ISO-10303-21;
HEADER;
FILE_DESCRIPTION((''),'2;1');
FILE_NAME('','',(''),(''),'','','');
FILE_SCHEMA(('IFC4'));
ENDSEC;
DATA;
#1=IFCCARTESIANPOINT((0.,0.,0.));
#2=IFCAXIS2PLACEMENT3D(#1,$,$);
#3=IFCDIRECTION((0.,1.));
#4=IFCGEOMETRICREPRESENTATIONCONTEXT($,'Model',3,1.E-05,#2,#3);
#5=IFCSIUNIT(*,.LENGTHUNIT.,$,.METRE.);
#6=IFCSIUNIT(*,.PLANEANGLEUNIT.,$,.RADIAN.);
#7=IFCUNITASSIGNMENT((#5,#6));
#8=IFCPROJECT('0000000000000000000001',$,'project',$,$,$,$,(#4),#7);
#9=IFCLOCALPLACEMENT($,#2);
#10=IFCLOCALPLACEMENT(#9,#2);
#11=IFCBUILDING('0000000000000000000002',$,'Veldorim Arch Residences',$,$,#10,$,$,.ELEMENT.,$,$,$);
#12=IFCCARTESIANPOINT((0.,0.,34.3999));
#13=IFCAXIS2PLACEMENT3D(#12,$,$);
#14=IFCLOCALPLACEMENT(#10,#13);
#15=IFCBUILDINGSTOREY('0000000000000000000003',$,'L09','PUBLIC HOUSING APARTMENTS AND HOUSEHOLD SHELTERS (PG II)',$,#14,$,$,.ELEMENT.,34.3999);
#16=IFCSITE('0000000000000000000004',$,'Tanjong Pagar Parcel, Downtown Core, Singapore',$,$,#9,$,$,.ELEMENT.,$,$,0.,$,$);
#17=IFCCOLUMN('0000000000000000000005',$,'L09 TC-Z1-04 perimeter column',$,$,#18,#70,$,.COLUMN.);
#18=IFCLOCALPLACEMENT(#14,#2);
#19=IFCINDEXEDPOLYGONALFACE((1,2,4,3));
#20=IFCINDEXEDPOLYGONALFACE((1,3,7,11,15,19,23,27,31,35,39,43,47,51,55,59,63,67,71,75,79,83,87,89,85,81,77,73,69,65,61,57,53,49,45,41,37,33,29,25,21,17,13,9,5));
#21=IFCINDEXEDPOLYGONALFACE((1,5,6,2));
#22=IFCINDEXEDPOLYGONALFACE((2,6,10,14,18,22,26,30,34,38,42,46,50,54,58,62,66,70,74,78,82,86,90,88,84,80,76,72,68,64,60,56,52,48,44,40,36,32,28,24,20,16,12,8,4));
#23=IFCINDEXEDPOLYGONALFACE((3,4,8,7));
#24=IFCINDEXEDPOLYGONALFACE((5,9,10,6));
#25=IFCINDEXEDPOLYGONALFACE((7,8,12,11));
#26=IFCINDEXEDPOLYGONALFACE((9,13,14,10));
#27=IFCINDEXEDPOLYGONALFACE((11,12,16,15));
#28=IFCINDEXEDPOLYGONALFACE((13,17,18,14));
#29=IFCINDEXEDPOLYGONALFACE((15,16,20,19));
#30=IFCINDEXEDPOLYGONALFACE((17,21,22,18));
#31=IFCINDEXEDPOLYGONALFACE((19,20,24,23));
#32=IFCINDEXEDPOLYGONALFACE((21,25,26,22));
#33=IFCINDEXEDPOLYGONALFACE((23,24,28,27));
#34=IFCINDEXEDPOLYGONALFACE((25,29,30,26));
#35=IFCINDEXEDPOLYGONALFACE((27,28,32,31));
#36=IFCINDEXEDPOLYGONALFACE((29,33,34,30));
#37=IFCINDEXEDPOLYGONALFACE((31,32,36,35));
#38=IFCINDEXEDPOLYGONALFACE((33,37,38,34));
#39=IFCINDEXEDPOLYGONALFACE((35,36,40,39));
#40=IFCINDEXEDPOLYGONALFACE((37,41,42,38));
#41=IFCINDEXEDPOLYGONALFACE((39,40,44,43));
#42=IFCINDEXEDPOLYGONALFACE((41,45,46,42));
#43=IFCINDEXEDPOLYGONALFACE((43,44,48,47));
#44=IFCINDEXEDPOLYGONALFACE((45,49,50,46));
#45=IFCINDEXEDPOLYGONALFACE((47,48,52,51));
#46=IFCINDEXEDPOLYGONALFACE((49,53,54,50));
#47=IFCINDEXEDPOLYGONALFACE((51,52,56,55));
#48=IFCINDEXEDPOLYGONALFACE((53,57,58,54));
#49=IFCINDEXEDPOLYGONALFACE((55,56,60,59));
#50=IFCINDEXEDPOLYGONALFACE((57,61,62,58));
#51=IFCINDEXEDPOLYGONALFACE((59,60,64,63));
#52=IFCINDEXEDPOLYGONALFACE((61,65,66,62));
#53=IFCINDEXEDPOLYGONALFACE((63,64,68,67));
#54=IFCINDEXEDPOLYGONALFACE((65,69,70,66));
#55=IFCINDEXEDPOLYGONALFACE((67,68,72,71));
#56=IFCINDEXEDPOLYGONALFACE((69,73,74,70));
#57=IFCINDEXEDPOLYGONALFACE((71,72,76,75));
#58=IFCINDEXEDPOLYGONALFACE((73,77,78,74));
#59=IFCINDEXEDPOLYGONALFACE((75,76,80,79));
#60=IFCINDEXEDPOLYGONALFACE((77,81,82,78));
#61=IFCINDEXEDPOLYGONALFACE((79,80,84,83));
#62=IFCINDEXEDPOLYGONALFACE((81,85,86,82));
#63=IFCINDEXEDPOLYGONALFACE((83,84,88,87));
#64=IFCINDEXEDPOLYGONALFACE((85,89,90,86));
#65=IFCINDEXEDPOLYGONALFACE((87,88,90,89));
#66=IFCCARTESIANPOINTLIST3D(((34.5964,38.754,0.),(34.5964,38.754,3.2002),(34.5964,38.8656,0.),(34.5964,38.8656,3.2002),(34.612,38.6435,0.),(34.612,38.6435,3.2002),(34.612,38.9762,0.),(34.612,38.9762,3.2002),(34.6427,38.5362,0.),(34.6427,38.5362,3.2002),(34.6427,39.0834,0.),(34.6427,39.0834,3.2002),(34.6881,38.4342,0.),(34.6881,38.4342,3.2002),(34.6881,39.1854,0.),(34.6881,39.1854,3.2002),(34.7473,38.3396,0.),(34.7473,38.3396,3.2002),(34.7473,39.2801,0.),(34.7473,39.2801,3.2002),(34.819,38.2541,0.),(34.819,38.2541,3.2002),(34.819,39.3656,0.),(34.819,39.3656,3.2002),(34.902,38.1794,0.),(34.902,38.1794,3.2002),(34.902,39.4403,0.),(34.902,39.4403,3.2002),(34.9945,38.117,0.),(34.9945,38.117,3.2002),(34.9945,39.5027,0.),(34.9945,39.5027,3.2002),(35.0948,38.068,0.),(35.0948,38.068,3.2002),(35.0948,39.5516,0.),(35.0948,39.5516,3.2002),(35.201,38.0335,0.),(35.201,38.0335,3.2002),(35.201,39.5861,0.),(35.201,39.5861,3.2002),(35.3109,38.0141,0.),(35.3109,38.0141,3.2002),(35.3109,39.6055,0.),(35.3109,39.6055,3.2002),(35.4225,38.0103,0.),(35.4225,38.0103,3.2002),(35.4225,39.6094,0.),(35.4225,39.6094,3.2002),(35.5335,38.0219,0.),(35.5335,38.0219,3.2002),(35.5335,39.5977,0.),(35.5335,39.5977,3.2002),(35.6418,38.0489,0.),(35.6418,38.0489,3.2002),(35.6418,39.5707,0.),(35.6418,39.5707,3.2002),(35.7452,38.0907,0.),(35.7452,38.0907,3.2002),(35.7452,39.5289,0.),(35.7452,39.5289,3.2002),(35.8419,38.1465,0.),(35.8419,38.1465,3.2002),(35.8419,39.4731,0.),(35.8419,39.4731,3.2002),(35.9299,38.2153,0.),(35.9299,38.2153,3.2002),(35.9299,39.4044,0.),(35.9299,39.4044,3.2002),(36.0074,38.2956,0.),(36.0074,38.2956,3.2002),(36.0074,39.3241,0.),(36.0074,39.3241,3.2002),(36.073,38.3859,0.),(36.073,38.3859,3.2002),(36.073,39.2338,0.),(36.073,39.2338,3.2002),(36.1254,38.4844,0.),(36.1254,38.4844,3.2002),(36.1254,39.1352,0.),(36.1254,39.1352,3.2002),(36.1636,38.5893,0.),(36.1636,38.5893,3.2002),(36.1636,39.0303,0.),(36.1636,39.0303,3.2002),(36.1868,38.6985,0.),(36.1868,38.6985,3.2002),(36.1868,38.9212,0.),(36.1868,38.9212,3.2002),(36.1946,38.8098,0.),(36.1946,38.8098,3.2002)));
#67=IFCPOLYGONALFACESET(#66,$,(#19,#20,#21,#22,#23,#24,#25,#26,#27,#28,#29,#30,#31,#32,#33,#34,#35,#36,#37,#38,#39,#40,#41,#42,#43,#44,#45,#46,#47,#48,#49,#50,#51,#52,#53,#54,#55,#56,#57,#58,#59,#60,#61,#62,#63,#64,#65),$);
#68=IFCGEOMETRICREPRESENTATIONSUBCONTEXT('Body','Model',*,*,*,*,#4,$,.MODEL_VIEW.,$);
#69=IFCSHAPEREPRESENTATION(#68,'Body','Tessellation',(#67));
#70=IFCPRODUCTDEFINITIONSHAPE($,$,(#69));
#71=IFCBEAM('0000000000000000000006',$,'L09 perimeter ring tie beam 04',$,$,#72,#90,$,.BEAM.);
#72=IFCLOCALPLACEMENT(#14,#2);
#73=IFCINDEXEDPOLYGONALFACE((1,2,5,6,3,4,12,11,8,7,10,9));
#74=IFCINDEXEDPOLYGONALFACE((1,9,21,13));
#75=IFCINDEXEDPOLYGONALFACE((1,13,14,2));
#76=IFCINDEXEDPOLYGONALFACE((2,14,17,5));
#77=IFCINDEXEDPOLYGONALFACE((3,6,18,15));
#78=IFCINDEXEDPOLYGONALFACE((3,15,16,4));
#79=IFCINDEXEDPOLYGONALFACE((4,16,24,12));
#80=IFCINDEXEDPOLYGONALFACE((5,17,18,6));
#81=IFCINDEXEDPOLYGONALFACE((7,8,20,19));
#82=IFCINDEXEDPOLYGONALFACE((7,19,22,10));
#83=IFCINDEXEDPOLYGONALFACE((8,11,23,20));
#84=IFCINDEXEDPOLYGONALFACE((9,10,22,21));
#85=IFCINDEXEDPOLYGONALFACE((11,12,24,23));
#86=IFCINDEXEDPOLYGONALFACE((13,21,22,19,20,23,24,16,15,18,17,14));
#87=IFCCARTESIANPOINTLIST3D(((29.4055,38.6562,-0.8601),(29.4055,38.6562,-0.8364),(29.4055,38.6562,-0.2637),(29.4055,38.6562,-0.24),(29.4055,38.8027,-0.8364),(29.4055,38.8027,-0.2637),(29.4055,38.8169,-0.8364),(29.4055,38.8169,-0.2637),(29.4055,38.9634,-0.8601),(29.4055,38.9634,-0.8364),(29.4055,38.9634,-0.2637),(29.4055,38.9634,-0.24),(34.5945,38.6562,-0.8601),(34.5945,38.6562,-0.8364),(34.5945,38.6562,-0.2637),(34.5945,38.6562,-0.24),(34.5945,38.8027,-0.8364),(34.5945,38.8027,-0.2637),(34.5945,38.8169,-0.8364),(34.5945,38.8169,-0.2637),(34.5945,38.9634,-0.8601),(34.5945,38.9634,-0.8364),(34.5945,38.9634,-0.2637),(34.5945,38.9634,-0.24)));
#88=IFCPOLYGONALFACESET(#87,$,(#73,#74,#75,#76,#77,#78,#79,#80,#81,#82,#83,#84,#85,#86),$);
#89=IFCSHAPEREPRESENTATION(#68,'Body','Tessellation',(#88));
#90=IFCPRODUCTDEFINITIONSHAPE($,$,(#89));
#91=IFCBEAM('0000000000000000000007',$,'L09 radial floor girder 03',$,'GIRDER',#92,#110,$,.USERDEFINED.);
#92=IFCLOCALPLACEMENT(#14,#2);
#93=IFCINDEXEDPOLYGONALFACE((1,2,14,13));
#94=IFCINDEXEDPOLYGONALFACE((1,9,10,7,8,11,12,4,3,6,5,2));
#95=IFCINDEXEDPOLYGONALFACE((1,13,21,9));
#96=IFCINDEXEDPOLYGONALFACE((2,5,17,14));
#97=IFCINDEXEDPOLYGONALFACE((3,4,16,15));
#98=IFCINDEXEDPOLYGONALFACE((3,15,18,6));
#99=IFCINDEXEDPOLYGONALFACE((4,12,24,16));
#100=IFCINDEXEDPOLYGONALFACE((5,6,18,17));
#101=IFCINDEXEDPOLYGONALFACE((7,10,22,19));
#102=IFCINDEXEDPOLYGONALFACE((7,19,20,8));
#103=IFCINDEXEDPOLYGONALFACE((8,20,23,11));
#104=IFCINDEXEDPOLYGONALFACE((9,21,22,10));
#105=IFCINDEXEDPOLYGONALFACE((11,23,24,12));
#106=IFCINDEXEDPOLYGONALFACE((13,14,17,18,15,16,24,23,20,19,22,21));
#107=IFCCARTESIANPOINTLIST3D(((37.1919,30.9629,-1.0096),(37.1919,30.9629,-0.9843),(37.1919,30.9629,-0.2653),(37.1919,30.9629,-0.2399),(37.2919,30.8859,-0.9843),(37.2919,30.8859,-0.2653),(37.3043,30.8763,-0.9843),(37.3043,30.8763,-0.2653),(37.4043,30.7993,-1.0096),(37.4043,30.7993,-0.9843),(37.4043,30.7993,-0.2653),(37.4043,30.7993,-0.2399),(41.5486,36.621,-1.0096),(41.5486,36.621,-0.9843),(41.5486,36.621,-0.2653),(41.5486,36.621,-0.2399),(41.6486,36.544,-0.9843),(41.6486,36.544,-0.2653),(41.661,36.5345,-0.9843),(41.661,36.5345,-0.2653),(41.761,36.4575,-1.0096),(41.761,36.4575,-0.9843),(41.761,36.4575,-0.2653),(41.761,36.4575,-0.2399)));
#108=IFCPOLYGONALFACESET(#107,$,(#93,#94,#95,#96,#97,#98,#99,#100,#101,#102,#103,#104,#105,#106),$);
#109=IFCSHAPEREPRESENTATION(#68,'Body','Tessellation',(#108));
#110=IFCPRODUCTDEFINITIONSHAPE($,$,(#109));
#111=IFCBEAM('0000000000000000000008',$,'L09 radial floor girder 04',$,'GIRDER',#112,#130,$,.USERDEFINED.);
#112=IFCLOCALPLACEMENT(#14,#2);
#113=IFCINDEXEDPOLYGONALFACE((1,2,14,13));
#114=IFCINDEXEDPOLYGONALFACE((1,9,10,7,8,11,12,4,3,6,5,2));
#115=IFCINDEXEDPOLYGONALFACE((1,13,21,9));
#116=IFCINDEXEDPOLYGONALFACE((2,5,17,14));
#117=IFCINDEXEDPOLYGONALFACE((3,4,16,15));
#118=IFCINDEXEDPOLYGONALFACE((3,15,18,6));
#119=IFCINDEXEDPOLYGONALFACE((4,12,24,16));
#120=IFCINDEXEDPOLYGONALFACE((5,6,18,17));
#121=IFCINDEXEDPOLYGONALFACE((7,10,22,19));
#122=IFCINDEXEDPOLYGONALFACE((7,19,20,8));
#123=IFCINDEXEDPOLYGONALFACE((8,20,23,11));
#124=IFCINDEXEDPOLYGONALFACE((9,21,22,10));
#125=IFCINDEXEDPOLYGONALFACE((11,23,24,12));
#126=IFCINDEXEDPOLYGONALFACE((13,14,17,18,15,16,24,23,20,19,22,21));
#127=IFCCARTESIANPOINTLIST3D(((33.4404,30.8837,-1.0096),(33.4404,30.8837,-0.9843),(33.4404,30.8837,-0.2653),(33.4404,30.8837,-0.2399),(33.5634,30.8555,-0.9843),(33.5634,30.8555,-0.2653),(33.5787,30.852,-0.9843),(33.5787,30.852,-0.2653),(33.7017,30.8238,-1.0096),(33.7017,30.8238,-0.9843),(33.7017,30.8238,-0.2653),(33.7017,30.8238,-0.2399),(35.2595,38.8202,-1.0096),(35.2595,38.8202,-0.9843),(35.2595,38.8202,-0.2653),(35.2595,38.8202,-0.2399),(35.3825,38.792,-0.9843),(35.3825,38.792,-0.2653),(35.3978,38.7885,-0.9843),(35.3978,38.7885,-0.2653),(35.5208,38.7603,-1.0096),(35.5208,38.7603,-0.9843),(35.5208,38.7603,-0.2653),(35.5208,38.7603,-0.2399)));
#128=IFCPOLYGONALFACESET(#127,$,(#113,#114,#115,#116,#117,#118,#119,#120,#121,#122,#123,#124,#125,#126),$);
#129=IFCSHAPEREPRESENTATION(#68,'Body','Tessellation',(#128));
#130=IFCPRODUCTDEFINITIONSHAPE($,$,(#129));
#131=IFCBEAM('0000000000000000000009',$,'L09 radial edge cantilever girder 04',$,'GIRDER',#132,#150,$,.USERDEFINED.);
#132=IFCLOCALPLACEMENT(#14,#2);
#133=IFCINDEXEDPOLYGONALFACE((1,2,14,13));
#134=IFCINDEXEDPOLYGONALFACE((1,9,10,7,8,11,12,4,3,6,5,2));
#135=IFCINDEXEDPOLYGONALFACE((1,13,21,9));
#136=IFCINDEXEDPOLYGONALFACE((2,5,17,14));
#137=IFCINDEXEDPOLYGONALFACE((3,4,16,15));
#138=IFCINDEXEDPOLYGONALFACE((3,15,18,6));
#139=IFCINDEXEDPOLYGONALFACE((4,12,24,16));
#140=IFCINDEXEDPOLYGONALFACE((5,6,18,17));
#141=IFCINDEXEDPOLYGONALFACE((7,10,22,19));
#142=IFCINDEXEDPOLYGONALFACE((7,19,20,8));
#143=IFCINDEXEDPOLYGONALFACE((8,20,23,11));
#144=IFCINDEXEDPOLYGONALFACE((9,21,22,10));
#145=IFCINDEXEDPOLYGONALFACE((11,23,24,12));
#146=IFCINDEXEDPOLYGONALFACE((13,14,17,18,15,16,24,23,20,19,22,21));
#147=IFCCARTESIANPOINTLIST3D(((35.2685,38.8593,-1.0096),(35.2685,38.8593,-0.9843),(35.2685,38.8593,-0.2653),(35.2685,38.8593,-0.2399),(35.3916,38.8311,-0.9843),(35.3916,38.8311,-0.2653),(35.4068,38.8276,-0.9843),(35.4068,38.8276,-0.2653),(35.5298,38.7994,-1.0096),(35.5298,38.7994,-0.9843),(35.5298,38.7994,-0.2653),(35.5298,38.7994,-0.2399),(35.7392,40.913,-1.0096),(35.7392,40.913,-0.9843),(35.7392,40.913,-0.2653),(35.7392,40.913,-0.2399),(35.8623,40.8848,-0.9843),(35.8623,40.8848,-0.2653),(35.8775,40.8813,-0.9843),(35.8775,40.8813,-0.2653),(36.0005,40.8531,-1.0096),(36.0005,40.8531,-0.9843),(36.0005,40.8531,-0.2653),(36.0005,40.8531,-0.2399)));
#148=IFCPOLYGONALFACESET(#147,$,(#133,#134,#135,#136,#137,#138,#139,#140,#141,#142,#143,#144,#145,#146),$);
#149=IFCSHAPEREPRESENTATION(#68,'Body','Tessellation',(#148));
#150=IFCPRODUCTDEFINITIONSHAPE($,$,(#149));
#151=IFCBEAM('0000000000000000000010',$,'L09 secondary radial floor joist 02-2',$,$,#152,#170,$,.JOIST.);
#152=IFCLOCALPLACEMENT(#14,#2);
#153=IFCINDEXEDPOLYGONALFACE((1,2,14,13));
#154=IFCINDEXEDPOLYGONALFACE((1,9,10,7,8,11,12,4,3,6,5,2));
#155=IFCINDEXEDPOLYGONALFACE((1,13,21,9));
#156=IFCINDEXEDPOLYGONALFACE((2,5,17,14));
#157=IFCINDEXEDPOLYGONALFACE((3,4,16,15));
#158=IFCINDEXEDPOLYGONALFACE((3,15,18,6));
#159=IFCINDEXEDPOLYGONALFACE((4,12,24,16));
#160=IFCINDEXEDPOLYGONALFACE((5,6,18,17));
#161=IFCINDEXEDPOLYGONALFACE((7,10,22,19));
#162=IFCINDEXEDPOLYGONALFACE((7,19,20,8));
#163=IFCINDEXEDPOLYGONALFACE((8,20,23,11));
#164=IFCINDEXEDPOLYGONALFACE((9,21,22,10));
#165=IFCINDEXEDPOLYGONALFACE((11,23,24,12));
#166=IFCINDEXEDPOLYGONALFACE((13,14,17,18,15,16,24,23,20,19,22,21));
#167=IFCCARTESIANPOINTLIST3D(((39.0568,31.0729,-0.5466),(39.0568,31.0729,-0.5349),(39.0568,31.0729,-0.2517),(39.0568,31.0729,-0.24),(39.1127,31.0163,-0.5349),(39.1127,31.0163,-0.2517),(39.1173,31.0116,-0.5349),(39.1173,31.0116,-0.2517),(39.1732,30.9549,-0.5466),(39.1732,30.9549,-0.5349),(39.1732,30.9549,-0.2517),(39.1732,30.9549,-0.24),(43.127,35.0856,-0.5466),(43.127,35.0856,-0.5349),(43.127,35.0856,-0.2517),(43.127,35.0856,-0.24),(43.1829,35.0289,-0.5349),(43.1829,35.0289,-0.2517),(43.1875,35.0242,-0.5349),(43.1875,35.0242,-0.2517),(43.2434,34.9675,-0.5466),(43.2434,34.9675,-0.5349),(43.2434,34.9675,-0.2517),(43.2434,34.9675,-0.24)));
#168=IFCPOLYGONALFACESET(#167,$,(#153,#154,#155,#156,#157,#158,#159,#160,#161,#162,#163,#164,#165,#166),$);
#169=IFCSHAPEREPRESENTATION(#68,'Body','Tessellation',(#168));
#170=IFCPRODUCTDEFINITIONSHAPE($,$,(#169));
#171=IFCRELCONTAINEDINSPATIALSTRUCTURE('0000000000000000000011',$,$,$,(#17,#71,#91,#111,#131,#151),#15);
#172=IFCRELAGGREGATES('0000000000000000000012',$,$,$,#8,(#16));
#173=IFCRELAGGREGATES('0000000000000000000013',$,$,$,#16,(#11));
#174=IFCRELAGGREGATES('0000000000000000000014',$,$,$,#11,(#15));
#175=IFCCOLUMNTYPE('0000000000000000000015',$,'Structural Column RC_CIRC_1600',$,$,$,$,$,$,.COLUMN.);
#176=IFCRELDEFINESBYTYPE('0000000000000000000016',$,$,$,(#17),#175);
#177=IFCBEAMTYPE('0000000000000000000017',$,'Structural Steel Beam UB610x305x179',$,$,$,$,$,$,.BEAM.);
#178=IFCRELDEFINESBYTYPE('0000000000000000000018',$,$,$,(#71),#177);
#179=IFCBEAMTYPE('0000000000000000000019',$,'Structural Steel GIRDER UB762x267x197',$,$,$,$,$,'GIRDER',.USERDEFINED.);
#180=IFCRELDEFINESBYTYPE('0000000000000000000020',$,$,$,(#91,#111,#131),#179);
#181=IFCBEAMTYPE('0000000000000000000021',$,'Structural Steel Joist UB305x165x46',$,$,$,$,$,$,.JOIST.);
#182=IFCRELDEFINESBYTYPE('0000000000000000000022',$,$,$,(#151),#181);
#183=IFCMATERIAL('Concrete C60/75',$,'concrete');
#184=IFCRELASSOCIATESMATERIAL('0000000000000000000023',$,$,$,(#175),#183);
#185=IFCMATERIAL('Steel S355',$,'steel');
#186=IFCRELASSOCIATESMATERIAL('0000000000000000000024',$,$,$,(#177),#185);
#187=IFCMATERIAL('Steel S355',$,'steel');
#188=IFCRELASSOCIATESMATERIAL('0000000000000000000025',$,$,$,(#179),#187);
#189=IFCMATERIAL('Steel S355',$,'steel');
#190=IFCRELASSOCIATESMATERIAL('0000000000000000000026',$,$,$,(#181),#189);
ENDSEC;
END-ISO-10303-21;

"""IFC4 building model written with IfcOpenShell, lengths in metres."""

from ifc_helpers import new_model, si_unit, direction, frame, origin, origin_2d, place, context, subcontext, project, spatial, circle, i_section, extrude, material, material_profile, profile_set, type_object, element, save


model = new_model("IFC4")

# Units and contexts
model_context = context("Model", 3, precision=1e-05, world=origin(), true_north=direction((0.0, 1.0)))
body_context = subcontext(model_context, "Body", "Model", "MODEL_VIEW")
ifc_project = project(units=[si_unit("LENGTHUNIT", "METRE"), si_unit("PLANEANGLEUNIT", "RADIAN")], contexts=[model_context])

# Site, building, storey
site_placement = place(None, origin())
site = spatial("IfcSite", under=ifc_project, at=site_placement, Name="Tanjong Pagar Parcel, Downtown Core, Singapore", CompositionType="ELEMENT", RefElevation=0.0)
building_placement = place(site_placement, origin())
building = spatial("IfcBuilding", under=site, at=building_placement, Name="Veldorim Arch Residences", CompositionType="ELEMENT")
storey_placement = place(building_placement, frame((0.0, 0.0, 34.3999)))
storey = spatial("IfcBuildingStorey", under=building, at=storey_placement, Name="L09", Description="PUBLIC HOUSING APARTMENTS AND HOUSEHOLD SHELTERS (PG II)", CompositionType="ELEMENT", Elevation=34.3999)

# Column
ifc_material_1 = material(Name="Concrete C60/75", Category="concrete")
ifc_material_profile_1 = material_profile(ifc_material_1, circle(Radius=0.8, at=origin_2d()), Name="RC_CIRC_1600")
ifc_profile_set_1 = profile_set([ifc_material_profile_1], Name="Concrete C60/75")
column_type = type_object("IfcColumnType", Name="Structural Column RC_CIRC_1600", PredefinedType="COLUMN", material=ifc_profile_set_1)
column_placement = place(storey_placement, frame((35.3945, 38.8098, 0.0), z_axis=(0.0, 0.0, 1.0), x_axis=(1.0, 0.0, 0.0)))
element("IfcColumn", 1, at=column_placement, inside=storey, type_object=column_type, Name="L09 TC-Z1-04 perimeter column", PredefinedType="COLUMN", context=body_context, shape_type="SweptSolid", body=[
    extrude(circle(Radius=0.8, at=origin_2d()), origin(), (0.0, 0.0, 1.0), 3.2002),
])

# Beams
ifc_material_2 = material(Name="Steel S355", Category="steel")
ifc_material_profile_2 = material_profile(ifc_material_2, i_section(OverallWidth=0.3071, OverallDepth=0.6201, WebThickness=0.0142, FlangeThickness=0.0237, at=origin_2d()), Name="UB610x305x179")
ifc_profile_set_2 = profile_set([ifc_material_profile_2], Name="Steel S355")
beam_type_1 = type_object("IfcBeamType", Name="Structural Steel Beam UB610x305x179", PredefinedType="BEAM", material=ifc_profile_set_2)
beam_1_placement = place(storey_placement, frame((34.5945, 38.8098, -0.55), z_axis=(-1.0, 0.0, 0.0), x_axis=(0.0, -1.0, 0.0)))
element("IfcBeam", 2, at=beam_1_placement, inside=storey, type_object=beam_type_1, Name="L09 perimeter ring tie beam 04", PredefinedType="BEAM", context=body_context, shape_type="SweptSolid", body=[
    extrude(i_section(OverallWidth=0.3071, OverallDepth=0.6201, WebThickness=0.0142, FlangeThickness=0.0237, at=origin_2d()), origin(), (0.0, 0.0, 1.0), 5.189),
])
ifc_material_3 = material(Name="Steel S355", Category="steel")
ifc_material_profile_3 = material_profile(ifc_material_3, i_section(OverallWidth=0.2681, OverallDepth=0.7698, WebThickness=0.0156, FlangeThickness=0.0254, at=origin_2d()), Name="UB762x267x197")
ifc_profile_set_3 = profile_set([ifc_material_profile_3], Name="Steel S355")
beam_type_2 = type_object("IfcBeamType", Name="Structural Steel GIRDER UB762x267x197", ElementType="GIRDER", PredefinedType="USERDEFINED", material=ifc_profile_set_3)
beam_2_placement = place(storey_placement, frame((37.2981, 30.8811, -0.6248), z_axis=(0.610082, 0.792338, 0.0), x_axis=(-0.792338, 0.610082, 0.0)))
element("IfcBeam", 3, at=beam_2_placement, inside=storey, type_object=beam_type_2, Name="L09 radial floor girder 03", ObjectType="GIRDER", PredefinedType="USERDEFINED", context=body_context, shape_type="SweptSolid", body=[
    extrude(i_section(OverallWidth=0.2681, OverallDepth=0.7698, WebThickness=0.0156, FlangeThickness=0.0254, at=origin_2d()), origin(), (0.0, 0.0, 1.0), 7.1411),
])
beam_3_placement = place(storey_placement, frame((33.571, 30.8538, -0.6248), z_axis=(0.223412, 0.974724, 0.0), x_axis=(-0.974724, 0.223412, 0.0)))
element("IfcBeam", 4, at=beam_3_placement, inside=storey, type_object=beam_type_2, Name="L09 radial floor girder 04", ObjectType="GIRDER", PredefinedType="USERDEFINED", context=body_context, shape_type="SweptSolid", body=[
    extrude(i_section(OverallWidth=0.2681, OverallDepth=0.7698, WebThickness=0.0156, FlangeThickness=0.0254, at=origin_2d()), origin(), (0.0, 0.0, 1.0), 8.1423),
])
beam_4_placement = place(storey_placement, frame((35.3992, 38.8293, -0.6248), z_axis=(0.223404, 0.974726, 0.0), x_axis=(-0.974726, 0.223404, 0.0)))
element("IfcBeam", 5, at=beam_4_placement, inside=storey, type_object=beam_type_2, Name="L09 radial edge cantilever girder 04", ObjectType="GIRDER", PredefinedType="USERDEFINED", context=body_context, shape_type="SweptSolid", body=[
    extrude(i_section(OverallWidth=0.2681, OverallDepth=0.7698, WebThickness=0.0156, FlangeThickness=0.0254, at=origin_2d()), origin(), (0.0, 0.0, 1.0), 2.1069),
])
ifc_material_4 = material(Name="Steel S355", Category="steel")
ifc_material_profile_4 = material_profile(ifc_material_4, i_section(OverallWidth=0.1658, OverallDepth=0.3066, WebThickness=0.0066, FlangeThickness=0.0117, at=origin_2d()), Name="UB305x165x46")
ifc_profile_set_4 = profile_set([ifc_material_profile_4], Name="Steel S355")
beam_type_3 = type_object("IfcBeamType", Name="Structural Steel Joist UB305x165x46", PredefinedType="JOIST", material=ifc_profile_set_4)
beam_5_placement = place(storey_placement, frame((39.115, 31.0139, -0.3933), z_axis=(0.712129, 0.702049, 0.0), x_axis=(-0.702049, 0.712129, 0.0)))
element("IfcBeam", 6, at=beam_5_placement, inside=storey, type_object=beam_type_3, Name="L09 secondary radial floor joist 02-2", PredefinedType="JOIST", context=body_context, shape_type="SweptSolid", body=[
    extrude(i_section(OverallWidth=0.1658, OverallDepth=0.3066, WebThickness=0.0066, FlangeThickness=0.0117, at=origin_2d()), origin(), (0.0, 0.0, 1.0), 5.7156),
])

save(model, "model.ifc")
